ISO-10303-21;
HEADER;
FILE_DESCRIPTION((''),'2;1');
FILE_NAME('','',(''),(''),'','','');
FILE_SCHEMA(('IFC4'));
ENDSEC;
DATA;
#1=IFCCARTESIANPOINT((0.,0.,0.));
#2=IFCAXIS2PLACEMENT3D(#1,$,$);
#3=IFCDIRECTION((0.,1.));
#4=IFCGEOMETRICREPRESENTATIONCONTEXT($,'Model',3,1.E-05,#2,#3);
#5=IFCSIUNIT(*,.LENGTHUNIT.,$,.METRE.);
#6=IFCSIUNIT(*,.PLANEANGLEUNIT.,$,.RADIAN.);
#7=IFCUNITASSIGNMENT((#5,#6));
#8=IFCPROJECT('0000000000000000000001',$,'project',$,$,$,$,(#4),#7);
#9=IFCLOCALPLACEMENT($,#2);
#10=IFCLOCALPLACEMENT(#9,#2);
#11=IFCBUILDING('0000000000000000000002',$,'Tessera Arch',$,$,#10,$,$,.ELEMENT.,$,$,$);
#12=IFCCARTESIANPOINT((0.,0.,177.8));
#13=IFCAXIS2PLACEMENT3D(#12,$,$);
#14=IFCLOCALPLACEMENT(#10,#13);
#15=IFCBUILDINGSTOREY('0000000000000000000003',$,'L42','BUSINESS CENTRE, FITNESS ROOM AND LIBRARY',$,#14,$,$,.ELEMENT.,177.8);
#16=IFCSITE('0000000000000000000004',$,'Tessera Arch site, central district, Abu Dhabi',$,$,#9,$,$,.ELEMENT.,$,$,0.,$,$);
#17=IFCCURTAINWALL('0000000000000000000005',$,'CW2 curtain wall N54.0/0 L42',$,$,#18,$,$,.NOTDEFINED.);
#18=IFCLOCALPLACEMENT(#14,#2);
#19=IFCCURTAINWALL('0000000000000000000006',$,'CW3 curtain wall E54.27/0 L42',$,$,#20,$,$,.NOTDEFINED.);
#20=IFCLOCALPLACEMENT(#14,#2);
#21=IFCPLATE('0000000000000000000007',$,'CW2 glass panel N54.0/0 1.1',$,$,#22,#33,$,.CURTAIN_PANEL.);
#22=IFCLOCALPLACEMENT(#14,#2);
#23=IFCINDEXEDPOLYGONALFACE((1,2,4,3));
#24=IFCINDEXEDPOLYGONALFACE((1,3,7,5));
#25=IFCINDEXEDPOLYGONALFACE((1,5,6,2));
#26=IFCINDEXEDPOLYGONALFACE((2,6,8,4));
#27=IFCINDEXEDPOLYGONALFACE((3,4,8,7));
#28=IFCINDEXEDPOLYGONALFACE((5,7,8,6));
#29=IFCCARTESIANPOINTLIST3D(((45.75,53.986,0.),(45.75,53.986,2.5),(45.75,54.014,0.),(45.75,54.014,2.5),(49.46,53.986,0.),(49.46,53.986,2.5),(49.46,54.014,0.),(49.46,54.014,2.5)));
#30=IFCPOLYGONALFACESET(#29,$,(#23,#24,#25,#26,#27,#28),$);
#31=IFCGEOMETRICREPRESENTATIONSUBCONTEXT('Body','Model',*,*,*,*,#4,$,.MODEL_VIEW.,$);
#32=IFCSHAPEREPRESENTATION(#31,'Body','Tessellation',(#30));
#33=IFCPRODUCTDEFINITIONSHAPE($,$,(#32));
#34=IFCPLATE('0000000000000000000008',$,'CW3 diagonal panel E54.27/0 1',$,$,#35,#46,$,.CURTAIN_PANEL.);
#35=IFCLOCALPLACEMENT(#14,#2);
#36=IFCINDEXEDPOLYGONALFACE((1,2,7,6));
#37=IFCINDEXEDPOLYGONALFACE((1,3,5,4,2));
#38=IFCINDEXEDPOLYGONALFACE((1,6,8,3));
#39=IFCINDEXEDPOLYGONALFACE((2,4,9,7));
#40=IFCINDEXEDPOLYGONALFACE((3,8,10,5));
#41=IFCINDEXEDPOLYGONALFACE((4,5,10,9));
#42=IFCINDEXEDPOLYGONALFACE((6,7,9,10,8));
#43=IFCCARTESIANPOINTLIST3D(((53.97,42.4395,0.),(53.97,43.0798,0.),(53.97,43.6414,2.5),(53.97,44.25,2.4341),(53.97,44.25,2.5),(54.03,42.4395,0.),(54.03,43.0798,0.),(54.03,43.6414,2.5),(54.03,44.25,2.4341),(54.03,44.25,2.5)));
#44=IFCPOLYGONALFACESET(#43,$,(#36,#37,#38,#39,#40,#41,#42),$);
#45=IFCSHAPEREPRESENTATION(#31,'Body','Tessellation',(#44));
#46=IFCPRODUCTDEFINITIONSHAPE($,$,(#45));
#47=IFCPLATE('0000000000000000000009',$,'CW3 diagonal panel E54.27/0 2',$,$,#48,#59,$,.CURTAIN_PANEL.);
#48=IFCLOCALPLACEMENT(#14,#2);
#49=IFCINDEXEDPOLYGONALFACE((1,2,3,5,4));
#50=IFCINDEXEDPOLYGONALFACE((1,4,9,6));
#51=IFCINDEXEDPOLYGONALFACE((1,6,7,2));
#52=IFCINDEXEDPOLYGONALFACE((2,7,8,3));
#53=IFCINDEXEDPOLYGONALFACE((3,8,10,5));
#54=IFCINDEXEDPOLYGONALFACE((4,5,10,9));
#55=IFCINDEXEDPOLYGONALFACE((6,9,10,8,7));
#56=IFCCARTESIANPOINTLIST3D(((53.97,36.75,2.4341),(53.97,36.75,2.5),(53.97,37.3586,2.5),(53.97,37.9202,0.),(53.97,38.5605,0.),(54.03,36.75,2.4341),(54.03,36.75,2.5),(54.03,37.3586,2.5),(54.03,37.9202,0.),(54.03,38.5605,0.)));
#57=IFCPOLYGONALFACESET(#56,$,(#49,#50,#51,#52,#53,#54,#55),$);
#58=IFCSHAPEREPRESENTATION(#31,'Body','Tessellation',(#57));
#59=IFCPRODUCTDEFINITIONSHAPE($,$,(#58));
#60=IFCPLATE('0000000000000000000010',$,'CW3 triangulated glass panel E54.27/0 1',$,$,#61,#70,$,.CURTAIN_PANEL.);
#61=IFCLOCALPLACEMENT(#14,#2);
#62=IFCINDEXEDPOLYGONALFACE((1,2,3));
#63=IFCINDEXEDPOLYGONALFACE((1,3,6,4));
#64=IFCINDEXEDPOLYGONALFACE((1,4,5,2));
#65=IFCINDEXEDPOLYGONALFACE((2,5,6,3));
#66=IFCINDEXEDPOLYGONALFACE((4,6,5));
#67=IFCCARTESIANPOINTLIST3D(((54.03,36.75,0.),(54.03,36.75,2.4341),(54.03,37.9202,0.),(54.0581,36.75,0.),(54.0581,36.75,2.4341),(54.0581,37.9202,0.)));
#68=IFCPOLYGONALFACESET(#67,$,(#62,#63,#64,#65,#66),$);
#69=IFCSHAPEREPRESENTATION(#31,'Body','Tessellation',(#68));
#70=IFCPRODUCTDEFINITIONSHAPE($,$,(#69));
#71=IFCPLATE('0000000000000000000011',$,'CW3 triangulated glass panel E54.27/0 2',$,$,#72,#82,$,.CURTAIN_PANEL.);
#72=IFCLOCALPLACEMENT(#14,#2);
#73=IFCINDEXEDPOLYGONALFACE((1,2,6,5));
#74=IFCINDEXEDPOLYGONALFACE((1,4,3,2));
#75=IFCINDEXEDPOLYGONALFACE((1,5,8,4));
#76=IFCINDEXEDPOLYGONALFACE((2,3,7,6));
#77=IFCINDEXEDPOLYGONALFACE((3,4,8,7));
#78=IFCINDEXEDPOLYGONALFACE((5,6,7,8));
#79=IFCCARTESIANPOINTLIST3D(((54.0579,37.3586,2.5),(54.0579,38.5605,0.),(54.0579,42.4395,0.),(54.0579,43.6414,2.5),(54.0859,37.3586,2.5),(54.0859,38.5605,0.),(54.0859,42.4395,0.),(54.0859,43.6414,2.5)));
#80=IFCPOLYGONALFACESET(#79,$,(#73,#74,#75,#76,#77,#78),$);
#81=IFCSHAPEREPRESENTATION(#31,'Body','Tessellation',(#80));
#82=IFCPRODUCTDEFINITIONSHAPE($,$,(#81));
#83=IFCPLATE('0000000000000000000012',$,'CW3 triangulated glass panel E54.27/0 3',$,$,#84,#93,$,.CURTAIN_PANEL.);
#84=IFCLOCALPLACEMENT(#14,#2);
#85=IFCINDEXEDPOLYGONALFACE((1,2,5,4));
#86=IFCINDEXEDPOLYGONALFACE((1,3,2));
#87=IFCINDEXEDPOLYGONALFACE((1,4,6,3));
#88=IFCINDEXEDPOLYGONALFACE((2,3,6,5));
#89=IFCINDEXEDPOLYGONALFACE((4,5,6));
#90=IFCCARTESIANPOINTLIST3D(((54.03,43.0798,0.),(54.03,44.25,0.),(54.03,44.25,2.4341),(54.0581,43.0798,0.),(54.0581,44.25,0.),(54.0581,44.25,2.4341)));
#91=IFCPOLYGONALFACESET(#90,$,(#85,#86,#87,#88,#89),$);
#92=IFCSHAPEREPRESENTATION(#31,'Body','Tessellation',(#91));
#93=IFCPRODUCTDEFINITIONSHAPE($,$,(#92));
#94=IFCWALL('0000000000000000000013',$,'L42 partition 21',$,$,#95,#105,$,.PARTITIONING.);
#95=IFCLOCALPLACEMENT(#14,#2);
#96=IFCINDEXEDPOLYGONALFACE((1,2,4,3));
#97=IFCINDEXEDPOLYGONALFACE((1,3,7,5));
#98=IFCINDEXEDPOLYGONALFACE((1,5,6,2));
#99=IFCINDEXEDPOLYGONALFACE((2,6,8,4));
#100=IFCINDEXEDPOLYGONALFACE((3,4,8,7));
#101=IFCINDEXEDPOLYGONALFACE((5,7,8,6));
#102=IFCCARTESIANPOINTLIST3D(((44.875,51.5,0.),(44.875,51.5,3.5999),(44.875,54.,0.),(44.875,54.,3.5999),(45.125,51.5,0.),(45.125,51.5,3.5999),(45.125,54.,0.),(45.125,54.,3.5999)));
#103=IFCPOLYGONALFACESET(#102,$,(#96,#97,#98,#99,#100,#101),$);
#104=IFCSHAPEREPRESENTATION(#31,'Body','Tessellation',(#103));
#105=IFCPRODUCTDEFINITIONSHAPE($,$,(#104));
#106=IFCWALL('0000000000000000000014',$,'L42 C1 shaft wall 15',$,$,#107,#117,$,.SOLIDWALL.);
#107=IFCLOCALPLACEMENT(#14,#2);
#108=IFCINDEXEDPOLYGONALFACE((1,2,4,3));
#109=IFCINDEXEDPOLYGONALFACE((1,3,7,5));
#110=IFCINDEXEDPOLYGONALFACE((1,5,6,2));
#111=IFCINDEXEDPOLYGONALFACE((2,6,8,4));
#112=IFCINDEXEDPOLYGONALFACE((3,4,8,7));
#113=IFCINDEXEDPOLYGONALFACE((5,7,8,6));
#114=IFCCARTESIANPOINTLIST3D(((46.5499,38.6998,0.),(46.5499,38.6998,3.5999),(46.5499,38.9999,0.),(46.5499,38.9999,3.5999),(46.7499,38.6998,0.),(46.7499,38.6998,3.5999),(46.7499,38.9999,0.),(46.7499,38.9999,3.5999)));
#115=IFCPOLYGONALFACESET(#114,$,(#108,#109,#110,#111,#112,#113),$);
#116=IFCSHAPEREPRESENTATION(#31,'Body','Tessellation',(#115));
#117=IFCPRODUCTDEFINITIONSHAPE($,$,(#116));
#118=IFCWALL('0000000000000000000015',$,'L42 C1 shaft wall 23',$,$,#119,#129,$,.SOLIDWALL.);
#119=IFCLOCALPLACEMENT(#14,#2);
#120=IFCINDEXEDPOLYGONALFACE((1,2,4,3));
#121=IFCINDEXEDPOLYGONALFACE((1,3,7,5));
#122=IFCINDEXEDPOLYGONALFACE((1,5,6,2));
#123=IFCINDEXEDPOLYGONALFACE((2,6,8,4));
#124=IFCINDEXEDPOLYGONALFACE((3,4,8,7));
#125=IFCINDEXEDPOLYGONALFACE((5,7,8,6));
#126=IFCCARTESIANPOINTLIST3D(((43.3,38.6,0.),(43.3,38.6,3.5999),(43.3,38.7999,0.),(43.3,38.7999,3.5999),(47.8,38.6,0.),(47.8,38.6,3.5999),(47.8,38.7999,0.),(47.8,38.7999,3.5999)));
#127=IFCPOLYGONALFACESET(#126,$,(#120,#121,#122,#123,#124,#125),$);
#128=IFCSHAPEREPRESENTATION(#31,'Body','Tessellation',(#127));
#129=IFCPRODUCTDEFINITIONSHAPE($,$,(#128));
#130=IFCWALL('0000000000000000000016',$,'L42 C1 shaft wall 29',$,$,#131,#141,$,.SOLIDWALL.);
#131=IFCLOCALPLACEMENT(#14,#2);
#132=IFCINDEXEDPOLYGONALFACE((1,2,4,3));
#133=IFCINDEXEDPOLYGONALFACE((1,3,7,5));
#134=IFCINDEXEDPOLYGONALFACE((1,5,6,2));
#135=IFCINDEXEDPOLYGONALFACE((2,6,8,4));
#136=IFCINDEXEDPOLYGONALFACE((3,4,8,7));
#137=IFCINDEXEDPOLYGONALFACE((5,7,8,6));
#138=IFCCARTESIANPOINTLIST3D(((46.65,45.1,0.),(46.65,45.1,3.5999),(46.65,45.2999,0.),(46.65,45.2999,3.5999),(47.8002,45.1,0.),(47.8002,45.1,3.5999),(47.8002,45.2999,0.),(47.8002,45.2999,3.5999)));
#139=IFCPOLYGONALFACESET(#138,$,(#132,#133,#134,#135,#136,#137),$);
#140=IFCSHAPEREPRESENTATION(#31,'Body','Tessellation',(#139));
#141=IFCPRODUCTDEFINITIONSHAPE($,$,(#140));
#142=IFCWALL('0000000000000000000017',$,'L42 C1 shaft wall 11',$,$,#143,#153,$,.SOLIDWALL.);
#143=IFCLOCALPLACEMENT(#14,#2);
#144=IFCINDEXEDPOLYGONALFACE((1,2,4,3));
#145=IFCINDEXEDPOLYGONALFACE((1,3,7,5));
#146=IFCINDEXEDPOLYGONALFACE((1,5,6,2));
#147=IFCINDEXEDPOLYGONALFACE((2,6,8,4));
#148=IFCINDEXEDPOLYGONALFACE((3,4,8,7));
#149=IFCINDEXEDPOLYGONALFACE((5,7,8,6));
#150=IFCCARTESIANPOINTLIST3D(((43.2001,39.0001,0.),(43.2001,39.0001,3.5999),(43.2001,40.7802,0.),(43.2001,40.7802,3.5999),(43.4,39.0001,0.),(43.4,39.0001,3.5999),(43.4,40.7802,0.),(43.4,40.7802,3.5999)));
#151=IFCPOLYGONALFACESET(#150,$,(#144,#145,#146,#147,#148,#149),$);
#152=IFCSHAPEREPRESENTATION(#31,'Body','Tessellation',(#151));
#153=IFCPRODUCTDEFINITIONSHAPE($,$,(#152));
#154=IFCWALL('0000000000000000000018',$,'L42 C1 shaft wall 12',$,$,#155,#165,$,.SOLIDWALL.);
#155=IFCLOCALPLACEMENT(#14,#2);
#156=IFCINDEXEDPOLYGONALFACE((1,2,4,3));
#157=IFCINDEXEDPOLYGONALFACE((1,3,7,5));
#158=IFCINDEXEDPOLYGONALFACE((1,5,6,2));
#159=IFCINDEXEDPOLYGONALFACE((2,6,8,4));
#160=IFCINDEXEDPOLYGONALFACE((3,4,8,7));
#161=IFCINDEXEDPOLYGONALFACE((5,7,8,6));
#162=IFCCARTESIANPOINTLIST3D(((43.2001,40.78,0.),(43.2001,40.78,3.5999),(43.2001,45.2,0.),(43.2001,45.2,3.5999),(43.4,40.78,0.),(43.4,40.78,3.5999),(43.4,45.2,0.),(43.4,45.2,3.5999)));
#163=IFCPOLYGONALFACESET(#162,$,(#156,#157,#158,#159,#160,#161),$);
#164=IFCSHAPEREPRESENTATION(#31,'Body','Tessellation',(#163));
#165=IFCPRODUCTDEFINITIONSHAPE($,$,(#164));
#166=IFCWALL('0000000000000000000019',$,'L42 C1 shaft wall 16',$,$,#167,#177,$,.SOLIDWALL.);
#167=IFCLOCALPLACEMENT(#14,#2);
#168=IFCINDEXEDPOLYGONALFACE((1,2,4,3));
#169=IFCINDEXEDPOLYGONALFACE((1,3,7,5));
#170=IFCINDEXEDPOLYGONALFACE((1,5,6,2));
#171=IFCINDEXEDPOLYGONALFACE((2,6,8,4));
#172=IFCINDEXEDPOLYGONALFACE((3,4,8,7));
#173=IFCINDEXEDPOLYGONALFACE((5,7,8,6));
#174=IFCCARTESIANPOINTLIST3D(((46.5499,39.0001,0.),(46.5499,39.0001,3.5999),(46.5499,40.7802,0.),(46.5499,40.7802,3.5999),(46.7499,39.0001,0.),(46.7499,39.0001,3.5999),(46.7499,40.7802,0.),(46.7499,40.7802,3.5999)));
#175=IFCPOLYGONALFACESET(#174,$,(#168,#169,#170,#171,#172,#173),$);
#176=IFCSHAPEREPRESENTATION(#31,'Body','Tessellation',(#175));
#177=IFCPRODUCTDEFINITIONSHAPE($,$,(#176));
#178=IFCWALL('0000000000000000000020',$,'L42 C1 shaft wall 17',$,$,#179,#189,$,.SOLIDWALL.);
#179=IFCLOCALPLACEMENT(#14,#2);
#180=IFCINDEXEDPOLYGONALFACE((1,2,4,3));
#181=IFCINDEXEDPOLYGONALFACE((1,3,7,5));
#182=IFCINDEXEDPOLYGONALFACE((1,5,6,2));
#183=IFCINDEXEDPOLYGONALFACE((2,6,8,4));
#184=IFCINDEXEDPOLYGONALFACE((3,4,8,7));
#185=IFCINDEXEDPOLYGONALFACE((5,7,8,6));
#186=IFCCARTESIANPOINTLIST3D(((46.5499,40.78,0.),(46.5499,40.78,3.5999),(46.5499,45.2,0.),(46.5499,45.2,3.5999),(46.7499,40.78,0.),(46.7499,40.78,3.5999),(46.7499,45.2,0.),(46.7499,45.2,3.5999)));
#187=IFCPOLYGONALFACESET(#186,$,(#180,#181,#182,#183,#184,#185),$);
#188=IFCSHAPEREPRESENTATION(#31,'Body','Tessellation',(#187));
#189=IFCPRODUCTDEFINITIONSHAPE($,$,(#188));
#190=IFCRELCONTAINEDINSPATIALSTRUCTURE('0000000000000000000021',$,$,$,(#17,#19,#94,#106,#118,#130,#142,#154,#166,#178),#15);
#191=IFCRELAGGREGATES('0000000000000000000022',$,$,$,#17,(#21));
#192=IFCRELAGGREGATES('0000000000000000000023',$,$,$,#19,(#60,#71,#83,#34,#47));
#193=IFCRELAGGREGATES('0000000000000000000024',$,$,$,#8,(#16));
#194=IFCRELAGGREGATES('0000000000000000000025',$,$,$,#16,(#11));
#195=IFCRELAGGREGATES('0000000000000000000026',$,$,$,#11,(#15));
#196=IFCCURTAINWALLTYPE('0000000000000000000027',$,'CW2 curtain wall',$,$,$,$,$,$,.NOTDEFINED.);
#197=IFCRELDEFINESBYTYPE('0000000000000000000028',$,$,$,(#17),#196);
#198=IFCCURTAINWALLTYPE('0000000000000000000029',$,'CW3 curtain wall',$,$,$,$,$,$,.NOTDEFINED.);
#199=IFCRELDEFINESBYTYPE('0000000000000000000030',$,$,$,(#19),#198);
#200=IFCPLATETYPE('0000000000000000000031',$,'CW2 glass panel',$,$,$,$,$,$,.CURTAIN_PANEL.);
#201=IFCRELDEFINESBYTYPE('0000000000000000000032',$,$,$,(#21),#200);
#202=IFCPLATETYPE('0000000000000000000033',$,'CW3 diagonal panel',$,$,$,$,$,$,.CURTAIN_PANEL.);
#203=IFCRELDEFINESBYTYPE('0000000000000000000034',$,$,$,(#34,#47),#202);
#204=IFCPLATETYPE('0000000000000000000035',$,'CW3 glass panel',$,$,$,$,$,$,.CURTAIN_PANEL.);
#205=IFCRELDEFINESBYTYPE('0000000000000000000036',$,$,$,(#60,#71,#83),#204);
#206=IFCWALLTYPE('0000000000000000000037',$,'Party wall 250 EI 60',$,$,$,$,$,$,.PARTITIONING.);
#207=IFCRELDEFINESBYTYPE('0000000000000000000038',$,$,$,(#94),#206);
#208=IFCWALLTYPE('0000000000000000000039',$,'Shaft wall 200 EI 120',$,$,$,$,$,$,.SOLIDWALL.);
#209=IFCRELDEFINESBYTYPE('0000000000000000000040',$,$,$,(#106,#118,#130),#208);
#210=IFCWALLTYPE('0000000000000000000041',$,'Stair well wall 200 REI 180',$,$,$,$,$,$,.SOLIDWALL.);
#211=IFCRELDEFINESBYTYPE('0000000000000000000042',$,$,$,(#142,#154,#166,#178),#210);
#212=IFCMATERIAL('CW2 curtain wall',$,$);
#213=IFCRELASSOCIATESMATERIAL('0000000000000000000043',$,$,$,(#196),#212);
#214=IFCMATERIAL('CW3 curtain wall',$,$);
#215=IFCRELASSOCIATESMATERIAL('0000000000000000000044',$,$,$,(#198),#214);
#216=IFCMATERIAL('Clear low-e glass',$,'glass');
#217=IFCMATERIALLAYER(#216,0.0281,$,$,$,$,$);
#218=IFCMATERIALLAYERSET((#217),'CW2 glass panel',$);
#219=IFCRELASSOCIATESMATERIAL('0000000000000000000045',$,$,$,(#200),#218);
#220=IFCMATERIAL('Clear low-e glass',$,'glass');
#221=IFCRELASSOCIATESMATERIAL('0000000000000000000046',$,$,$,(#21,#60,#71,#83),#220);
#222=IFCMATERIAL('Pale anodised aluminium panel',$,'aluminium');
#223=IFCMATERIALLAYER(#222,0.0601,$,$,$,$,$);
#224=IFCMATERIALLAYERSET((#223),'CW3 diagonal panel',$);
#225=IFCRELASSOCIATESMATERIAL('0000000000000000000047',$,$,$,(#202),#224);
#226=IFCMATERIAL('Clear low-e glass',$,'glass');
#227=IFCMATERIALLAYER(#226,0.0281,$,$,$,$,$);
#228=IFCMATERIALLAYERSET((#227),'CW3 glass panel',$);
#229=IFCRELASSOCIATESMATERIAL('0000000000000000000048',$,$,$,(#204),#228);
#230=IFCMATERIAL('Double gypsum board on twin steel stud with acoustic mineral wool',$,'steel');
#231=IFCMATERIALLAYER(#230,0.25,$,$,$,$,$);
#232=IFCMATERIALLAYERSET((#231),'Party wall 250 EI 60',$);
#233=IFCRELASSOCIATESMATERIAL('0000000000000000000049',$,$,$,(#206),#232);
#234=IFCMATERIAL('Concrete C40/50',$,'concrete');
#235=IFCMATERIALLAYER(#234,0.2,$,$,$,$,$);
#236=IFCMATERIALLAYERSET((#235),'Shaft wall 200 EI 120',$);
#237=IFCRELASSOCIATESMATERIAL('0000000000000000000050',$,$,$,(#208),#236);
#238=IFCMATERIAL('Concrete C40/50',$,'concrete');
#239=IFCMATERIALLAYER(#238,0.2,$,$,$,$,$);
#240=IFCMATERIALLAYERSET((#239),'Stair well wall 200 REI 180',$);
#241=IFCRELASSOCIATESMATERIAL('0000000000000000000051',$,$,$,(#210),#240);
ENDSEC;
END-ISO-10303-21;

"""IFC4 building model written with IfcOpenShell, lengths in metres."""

from ifc_helpers import new_model, si_unit, direction, frame, frame_2d, origin, origin_2d, place, context, subcontext, project, spatial, polyline, rectangle, outline, extrude, material, layer, layer_set, type_object, element, aggregate, save


model = new_model("IFC4")

# Units and contexts
model_context = context("Model", 3, precision=1e-05, world=origin(), true_north=direction((0.0, 1.0)))
body_context = subcontext(model_context, "Body", "Model", "MODEL_VIEW")
ifc_project = project(units=[si_unit("LENGTHUNIT", "METRE"), si_unit("PLANEANGLEUNIT", "RADIAN")], contexts=[model_context])

# Site, building, storey
site_placement = place(None, origin())
site = spatial("IfcSite", under=ifc_project, at=site_placement, Name="Tessera Arch site, central district, Abu Dhabi", CompositionType="ELEMENT", RefElevation=0.0)
building_placement = place(site_placement, origin())
building = spatial("IfcBuilding", under=site, at=building_placement, Name="Tessera Arch", CompositionType="ELEMENT")
storey_placement = place(building_placement, frame((0.0, 0.0, 177.8)))
storey = spatial("IfcBuildingStorey", under=building, at=storey_placement, Name="L42", Description="BUSINESS CENTRE, FITNESS ROOM AND LIBRARY", CompositionType="ELEMENT", Elevation=177.8)

# Curtain walls
ifc_material_1 = material(Name="CW2 curtain wall")
curtain_wall_type_1 = type_object("IfcCurtainWallType", Name="CW2 curtain wall", PredefinedType="NOTDEFINED", material=ifc_material_1)
curtain_wall_1_placement = place(storey_placement, origin())
curtain_wall_1 = element("IfcCurtainWall", 1, at=curtain_wall_1_placement, inside=storey, type_object=curtain_wall_type_1, Name="CW2 curtain wall N54.0/0 L42", PredefinedType="NOTDEFINED")
ifc_material_2 = material(Name="CW3 curtain wall")
curtain_wall_type_2 = type_object("IfcCurtainWallType", Name="CW3 curtain wall", PredefinedType="NOTDEFINED", material=ifc_material_2)
curtain_wall_2_placement = place(storey_placement, origin())
curtain_wall_2 = element("IfcCurtainWall", 2, at=curtain_wall_2_placement, inside=storey, type_object=curtain_wall_type_2, Name="CW3 curtain wall E54.27/0 L42", PredefinedType="NOTDEFINED")

# Plates
ifc_material_3 = material(Name="Clear low-e glass", Category="glass")
ifc_material_4 = material(Name="Clear low-e glass", Category="glass")
ifc_layer_1 = layer(ifc_material_4, 0.0281)
ifc_layer_set_1 = layer_set([ifc_layer_1], Name="CW2 glass panel")
plate_type_1 = type_object("IfcPlateType", Name="CW2 glass panel", PredefinedType="CURTAIN_PANEL", material=ifc_layer_set_1)
plate_1_placement = place(storey_placement, frame((47.605, 54.0, 0.0), z_axis=(0.0, 0.0, 1.0), x_axis=(-1.0, 0.0, 0.0)))
plate_1 = element("IfcPlate", 3, at=plate_1_placement, type_object=plate_type_1, material=ifc_material_3, Name="CW2 glass panel N54.0/0 1.1", PredefinedType="CURTAIN_PANEL", context=body_context, shape_type="SweptSolid", body=[
    extrude(rectangle(XDim=3.71, YDim=0.0281, at=origin_2d()), origin(), (0.0, 0.0, 1.0), 2.5),
])
aggregate(curtain_wall_1, [plate_1])
ifc_material_5 = material(Name="Pale anodised aluminium panel", Category="aluminium")
ifc_layer_2 = layer(ifc_material_5, 0.0601)
ifc_layer_set_2 = layer_set([ifc_layer_2], Name="CW3 diagonal panel")
plate_type_2 = type_object("IfcPlateType", Name="CW3 diagonal panel", PredefinedType="CURTAIN_PANEL", material=ifc_layer_set_2)
plate_2_placement = place(storey_placement, frame((54.03, 44.25, 2.5), z_axis=(1.0, 0.0, 0.0), x_axis=(0.0, -1.0, 0.0)))
plate_2 = element("IfcPlate", 4, at=plate_2_placement, type_object=plate_type_2, Name="CW3 diagonal panel E54.27/0 1", PredefinedType="CURTAIN_PANEL", context=body_context, shape_type="SweptSolid", body=[
    extrude(outline(polyline([(0.0, 0.0), (0.6086, 0.0), (1.8105, 2.5), (1.1702, 2.5), (0.0, 0.0659), (0.0, 0.0)])), origin(), (0.0, 0.0, -1.0), 0.0601),
])
plate_3_placement = place(storey_placement, frame((54.03, 36.75, 2.5), z_axis=(1.0, 0.0, 0.0), x_axis=(0.0, 0.0, -1.0)))
plate_3 = element("IfcPlate", 5, at=plate_3_placement, type_object=plate_type_2, Name="CW3 diagonal panel E54.27/0 2", PredefinedType="CURTAIN_PANEL", context=body_context, shape_type="SweptSolid", body=[
    extrude(outline(polyline([(0.0, 0.0), (0.0659, 0.0), (2.5, 1.1702), (2.5, 1.8105), (0.0, 0.6086), (0.0, 0.0)])), origin(), (0.0, 0.0, -1.0), 0.0601),
])
ifc_material_6 = material(Name="Clear low-e glass", Category="glass")
ifc_layer_3 = layer(ifc_material_6, 0.0281)
ifc_layer_set_3 = layer_set([ifc_layer_3], Name="CW3 glass panel")
plate_type_3 = type_object("IfcPlateType", Name="CW3 glass panel", PredefinedType="CURTAIN_PANEL", material=ifc_layer_set_3)
plate_4_placement = place(storey_placement, frame((54.0581, 36.75, 0.0), z_axis=(1.0, 0.0, 0.0), x_axis=(0.0, 1.0, 0.0)))
plate_4 = element("IfcPlate", 6, at=plate_4_placement, type_object=plate_type_3, material=ifc_material_3, Name="CW3 triangulated glass panel E54.27/0 1", PredefinedType="CURTAIN_PANEL", context=body_context, shape_type="SweptSolid", body=[
    extrude(outline(polyline([(0.0, 0.0), (1.1702, 0.0), (0.0, 2.4341), (0.0, 0.0)])), origin(), (0.0, 0.0, -1.0), 0.0281),
])
plate_5_placement = place(storey_placement, frame((54.0859, 43.6414, 2.5), z_axis=(1.0, 0.0, 0.0), x_axis=(0.0, -1.0, 0.0)))
plate_5 = element("IfcPlate", 7, at=plate_5_placement, type_object=plate_type_3, material=ifc_material_3, Name="CW3 triangulated glass panel E54.27/0 2", PredefinedType="CURTAIN_PANEL", context=body_context, shape_type="SweptSolid", body=[
    extrude(outline(polyline([(0.0, 0.0), (6.2827, 0.0), (5.0808, 2.5), (1.2019, 2.5), (0.0, 0.0)])), origin(), (0.0, 0.0, -1.0), 0.0281),
])
plate_6_placement = place(storey_placement, frame((54.0581, 44.25, 0.0), z_axis=(1.0, 0.0, 0.0), x_axis=(0.0, 0.0, 1.0)))
plate_6 = element("IfcPlate", 8, at=plate_6_placement, type_object=plate_type_3, material=ifc_material_3, Name="CW3 triangulated glass panel E54.27/0 3", PredefinedType="CURTAIN_PANEL", context=body_context, shape_type="SweptSolid", body=[
    extrude(outline(polyline([(0.0, 0.0), (2.4341, 0.0), (0.0, 1.1702), (0.0, 0.0)])), origin(), (0.0, 0.0, -1.0), 0.0281),
])
aggregate(curtain_wall_2, [plate_4, plate_5, plate_6, plate_2, plate_3])

# Walls
ifc_material_7 = material(Name="Double gypsum board on twin steel stud with acoustic mineral wool", Category="steel")
ifc_layer_4 = layer(ifc_material_7, 0.25)
ifc_layer_set_4 = layer_set([ifc_layer_4], Name="Party wall 250 EI 60")
wall_type_1 = type_object("IfcWallType", Name="Party wall 250 EI 60", PredefinedType="PARTITIONING", material=ifc_layer_set_4)
wall_1_placement = place(storey_placement, frame((45.0, 51.5, 0.0), z_axis=(0.0, 0.0, 1.0), x_axis=(0.0, 1.0, 0.0)))
element("IfcWall", 9, at=wall_1_placement, inside=storey, type_object=wall_type_1, Name="L42 partition 21", PredefinedType="PARTITIONING", context=body_context, shape_type="SweptSolid", body=[
    extrude(rectangle(XDim=2.5, YDim=0.25, at=frame_2d((1.25, 0.0))), origin(), (0.0, 0.0, 1.0), 3.5999),
])
ifc_material_8 = material(Name="Concrete C40/50", Category="concrete")
ifc_layer_5 = layer(ifc_material_8, 0.2)
ifc_layer_set_5 = layer_set([ifc_layer_5], Name="Shaft wall 200 EI 120")
wall_type_2 = type_object("IfcWallType", Name="Shaft wall 200 EI 120", PredefinedType="SOLIDWALL", material=ifc_layer_set_5)
wall_2_placement = place(storey_placement, frame((46.6499, 38.7, 0.0), z_axis=(0.0, 0.0, 1.0), x_axis=(0.0, 1.0, 0.0)))
element("IfcWall", 10, at=wall_2_placement, inside=storey, type_object=wall_type_2, Name="L42 C1 shaft wall 15", PredefinedType="SOLIDWALL", context=body_context, shape_type="SweptSolid", body=[
    extrude(rectangle(XDim=0.3, YDim=0.2, at=frame_2d((0.1499, 0.0))), origin(), (0.0, 0.0, 1.0), 3.5999),
])
wall_3_placement = place(storey_placement, frame((43.3, 38.7, 0.0), z_axis=(0.0, 0.0, 1.0), x_axis=(1.0, 0.0, 0.0)))
element("IfcWall", 11, at=wall_3_placement, inside=storey, type_object=wall_type_2, Name="L42 C1 shaft wall 23", PredefinedType="SOLIDWALL", context=body_context, shape_type="SweptSolid", body=[
    extrude(rectangle(XDim=4.5, YDim=0.2, at=frame_2d((2.25, 0.0))), origin(), (0.0, 0.0, 1.0), 3.5999),
])
wall_4_placement = place(storey_placement, frame((46.6499, 45.2, 0.0), z_axis=(0.0, 0.0, 1.0), x_axis=(1.0, 0.0, 0.0)))
element("IfcWall", 12, at=wall_4_placement, inside=storey, type_object=wall_type_2, Name="L42 C1 shaft wall 29", PredefinedType="SOLIDWALL", context=body_context, shape_type="SweptSolid", body=[
    extrude(rectangle(XDim=1.1501, YDim=0.2, at=frame_2d((0.5752, 0.0))), origin(), (0.0, 0.0, 1.0), 3.5999),
])
ifc_material_9 = material(Name="Concrete C40/50", Category="concrete")
ifc_layer_6 = layer(ifc_material_9, 0.2)
ifc_layer_set_6 = layer_set([ifc_layer_6], Name="Stair well wall 200 REI 180")
wall_type_3 = type_object("IfcWallType", Name="Stair well wall 200 REI 180", PredefinedType="SOLIDWALL", material=ifc_layer_set_6)
wall_5_placement = place(storey_placement, frame((43.3, 39.0, 0.0), z_axis=(0.0, 0.0, 1.0), x_axis=(0.0, 1.0, 0.0)))
element("IfcWall", 13, at=wall_5_placement, inside=storey, type_object=wall_type_3, Name="L42 C1 shaft wall 11", PredefinedType="SOLIDWALL", context=body_context, shape_type="SweptSolid", body=[
    extrude(rectangle(XDim=1.78, YDim=0.2, at=frame_2d((0.8901, 0.0))), origin(), (0.0, 0.0, 1.0), 3.5999),
])
wall_6_placement = place(storey_placement, frame((43.3, 40.78, 0.0), z_axis=(0.0, 0.0, 1.0), x_axis=(0.0, 1.0, 0.0)))
element("IfcWall", 14, at=wall_6_placement, inside=storey, type_object=wall_type_3, Name="L42 C1 shaft wall 12", PredefinedType="SOLIDWALL", context=body_context, shape_type="SweptSolid", body=[
    extrude(rectangle(XDim=4.4199, YDim=0.2, at=frame_2d((2.21, 0.0))), origin(), (0.0, 0.0, 1.0), 3.5999),
])
wall_7_placement = place(storey_placement, frame((46.6499, 39.0, 0.0), z_axis=(0.0, 0.0, 1.0), x_axis=(0.0, 1.0, 0.0)))
element("IfcWall", 15, at=wall_7_placement, inside=storey, type_object=wall_type_3, Name="L42 C1 shaft wall 16", PredefinedType="SOLIDWALL", context=body_context, shape_type="SweptSolid", body=[
    extrude(rectangle(XDim=1.78, YDim=0.2, at=frame_2d((0.8901, 0.0))), origin(), (0.0, 0.0, 1.0), 3.5999),
])
wall_8_placement = place(storey_placement, frame((46.6499, 40.78, 0.0), z_axis=(0.0, 0.0, 1.0), x_axis=(0.0, 1.0, 0.0)))
element("IfcWall", 16, at=wall_8_placement, inside=storey, type_object=wall_type_3, Name="L42 C1 shaft wall 17", PredefinedType="SOLIDWALL", context=body_context, shape_type="SweptSolid", body=[
    extrude(rectangle(XDim=4.4199, YDim=0.2, at=frame_2d((2.21, 0.0))), origin(), (0.0, 0.0, 1.0), 3.5999),
])

save(model, "model.ifc")
